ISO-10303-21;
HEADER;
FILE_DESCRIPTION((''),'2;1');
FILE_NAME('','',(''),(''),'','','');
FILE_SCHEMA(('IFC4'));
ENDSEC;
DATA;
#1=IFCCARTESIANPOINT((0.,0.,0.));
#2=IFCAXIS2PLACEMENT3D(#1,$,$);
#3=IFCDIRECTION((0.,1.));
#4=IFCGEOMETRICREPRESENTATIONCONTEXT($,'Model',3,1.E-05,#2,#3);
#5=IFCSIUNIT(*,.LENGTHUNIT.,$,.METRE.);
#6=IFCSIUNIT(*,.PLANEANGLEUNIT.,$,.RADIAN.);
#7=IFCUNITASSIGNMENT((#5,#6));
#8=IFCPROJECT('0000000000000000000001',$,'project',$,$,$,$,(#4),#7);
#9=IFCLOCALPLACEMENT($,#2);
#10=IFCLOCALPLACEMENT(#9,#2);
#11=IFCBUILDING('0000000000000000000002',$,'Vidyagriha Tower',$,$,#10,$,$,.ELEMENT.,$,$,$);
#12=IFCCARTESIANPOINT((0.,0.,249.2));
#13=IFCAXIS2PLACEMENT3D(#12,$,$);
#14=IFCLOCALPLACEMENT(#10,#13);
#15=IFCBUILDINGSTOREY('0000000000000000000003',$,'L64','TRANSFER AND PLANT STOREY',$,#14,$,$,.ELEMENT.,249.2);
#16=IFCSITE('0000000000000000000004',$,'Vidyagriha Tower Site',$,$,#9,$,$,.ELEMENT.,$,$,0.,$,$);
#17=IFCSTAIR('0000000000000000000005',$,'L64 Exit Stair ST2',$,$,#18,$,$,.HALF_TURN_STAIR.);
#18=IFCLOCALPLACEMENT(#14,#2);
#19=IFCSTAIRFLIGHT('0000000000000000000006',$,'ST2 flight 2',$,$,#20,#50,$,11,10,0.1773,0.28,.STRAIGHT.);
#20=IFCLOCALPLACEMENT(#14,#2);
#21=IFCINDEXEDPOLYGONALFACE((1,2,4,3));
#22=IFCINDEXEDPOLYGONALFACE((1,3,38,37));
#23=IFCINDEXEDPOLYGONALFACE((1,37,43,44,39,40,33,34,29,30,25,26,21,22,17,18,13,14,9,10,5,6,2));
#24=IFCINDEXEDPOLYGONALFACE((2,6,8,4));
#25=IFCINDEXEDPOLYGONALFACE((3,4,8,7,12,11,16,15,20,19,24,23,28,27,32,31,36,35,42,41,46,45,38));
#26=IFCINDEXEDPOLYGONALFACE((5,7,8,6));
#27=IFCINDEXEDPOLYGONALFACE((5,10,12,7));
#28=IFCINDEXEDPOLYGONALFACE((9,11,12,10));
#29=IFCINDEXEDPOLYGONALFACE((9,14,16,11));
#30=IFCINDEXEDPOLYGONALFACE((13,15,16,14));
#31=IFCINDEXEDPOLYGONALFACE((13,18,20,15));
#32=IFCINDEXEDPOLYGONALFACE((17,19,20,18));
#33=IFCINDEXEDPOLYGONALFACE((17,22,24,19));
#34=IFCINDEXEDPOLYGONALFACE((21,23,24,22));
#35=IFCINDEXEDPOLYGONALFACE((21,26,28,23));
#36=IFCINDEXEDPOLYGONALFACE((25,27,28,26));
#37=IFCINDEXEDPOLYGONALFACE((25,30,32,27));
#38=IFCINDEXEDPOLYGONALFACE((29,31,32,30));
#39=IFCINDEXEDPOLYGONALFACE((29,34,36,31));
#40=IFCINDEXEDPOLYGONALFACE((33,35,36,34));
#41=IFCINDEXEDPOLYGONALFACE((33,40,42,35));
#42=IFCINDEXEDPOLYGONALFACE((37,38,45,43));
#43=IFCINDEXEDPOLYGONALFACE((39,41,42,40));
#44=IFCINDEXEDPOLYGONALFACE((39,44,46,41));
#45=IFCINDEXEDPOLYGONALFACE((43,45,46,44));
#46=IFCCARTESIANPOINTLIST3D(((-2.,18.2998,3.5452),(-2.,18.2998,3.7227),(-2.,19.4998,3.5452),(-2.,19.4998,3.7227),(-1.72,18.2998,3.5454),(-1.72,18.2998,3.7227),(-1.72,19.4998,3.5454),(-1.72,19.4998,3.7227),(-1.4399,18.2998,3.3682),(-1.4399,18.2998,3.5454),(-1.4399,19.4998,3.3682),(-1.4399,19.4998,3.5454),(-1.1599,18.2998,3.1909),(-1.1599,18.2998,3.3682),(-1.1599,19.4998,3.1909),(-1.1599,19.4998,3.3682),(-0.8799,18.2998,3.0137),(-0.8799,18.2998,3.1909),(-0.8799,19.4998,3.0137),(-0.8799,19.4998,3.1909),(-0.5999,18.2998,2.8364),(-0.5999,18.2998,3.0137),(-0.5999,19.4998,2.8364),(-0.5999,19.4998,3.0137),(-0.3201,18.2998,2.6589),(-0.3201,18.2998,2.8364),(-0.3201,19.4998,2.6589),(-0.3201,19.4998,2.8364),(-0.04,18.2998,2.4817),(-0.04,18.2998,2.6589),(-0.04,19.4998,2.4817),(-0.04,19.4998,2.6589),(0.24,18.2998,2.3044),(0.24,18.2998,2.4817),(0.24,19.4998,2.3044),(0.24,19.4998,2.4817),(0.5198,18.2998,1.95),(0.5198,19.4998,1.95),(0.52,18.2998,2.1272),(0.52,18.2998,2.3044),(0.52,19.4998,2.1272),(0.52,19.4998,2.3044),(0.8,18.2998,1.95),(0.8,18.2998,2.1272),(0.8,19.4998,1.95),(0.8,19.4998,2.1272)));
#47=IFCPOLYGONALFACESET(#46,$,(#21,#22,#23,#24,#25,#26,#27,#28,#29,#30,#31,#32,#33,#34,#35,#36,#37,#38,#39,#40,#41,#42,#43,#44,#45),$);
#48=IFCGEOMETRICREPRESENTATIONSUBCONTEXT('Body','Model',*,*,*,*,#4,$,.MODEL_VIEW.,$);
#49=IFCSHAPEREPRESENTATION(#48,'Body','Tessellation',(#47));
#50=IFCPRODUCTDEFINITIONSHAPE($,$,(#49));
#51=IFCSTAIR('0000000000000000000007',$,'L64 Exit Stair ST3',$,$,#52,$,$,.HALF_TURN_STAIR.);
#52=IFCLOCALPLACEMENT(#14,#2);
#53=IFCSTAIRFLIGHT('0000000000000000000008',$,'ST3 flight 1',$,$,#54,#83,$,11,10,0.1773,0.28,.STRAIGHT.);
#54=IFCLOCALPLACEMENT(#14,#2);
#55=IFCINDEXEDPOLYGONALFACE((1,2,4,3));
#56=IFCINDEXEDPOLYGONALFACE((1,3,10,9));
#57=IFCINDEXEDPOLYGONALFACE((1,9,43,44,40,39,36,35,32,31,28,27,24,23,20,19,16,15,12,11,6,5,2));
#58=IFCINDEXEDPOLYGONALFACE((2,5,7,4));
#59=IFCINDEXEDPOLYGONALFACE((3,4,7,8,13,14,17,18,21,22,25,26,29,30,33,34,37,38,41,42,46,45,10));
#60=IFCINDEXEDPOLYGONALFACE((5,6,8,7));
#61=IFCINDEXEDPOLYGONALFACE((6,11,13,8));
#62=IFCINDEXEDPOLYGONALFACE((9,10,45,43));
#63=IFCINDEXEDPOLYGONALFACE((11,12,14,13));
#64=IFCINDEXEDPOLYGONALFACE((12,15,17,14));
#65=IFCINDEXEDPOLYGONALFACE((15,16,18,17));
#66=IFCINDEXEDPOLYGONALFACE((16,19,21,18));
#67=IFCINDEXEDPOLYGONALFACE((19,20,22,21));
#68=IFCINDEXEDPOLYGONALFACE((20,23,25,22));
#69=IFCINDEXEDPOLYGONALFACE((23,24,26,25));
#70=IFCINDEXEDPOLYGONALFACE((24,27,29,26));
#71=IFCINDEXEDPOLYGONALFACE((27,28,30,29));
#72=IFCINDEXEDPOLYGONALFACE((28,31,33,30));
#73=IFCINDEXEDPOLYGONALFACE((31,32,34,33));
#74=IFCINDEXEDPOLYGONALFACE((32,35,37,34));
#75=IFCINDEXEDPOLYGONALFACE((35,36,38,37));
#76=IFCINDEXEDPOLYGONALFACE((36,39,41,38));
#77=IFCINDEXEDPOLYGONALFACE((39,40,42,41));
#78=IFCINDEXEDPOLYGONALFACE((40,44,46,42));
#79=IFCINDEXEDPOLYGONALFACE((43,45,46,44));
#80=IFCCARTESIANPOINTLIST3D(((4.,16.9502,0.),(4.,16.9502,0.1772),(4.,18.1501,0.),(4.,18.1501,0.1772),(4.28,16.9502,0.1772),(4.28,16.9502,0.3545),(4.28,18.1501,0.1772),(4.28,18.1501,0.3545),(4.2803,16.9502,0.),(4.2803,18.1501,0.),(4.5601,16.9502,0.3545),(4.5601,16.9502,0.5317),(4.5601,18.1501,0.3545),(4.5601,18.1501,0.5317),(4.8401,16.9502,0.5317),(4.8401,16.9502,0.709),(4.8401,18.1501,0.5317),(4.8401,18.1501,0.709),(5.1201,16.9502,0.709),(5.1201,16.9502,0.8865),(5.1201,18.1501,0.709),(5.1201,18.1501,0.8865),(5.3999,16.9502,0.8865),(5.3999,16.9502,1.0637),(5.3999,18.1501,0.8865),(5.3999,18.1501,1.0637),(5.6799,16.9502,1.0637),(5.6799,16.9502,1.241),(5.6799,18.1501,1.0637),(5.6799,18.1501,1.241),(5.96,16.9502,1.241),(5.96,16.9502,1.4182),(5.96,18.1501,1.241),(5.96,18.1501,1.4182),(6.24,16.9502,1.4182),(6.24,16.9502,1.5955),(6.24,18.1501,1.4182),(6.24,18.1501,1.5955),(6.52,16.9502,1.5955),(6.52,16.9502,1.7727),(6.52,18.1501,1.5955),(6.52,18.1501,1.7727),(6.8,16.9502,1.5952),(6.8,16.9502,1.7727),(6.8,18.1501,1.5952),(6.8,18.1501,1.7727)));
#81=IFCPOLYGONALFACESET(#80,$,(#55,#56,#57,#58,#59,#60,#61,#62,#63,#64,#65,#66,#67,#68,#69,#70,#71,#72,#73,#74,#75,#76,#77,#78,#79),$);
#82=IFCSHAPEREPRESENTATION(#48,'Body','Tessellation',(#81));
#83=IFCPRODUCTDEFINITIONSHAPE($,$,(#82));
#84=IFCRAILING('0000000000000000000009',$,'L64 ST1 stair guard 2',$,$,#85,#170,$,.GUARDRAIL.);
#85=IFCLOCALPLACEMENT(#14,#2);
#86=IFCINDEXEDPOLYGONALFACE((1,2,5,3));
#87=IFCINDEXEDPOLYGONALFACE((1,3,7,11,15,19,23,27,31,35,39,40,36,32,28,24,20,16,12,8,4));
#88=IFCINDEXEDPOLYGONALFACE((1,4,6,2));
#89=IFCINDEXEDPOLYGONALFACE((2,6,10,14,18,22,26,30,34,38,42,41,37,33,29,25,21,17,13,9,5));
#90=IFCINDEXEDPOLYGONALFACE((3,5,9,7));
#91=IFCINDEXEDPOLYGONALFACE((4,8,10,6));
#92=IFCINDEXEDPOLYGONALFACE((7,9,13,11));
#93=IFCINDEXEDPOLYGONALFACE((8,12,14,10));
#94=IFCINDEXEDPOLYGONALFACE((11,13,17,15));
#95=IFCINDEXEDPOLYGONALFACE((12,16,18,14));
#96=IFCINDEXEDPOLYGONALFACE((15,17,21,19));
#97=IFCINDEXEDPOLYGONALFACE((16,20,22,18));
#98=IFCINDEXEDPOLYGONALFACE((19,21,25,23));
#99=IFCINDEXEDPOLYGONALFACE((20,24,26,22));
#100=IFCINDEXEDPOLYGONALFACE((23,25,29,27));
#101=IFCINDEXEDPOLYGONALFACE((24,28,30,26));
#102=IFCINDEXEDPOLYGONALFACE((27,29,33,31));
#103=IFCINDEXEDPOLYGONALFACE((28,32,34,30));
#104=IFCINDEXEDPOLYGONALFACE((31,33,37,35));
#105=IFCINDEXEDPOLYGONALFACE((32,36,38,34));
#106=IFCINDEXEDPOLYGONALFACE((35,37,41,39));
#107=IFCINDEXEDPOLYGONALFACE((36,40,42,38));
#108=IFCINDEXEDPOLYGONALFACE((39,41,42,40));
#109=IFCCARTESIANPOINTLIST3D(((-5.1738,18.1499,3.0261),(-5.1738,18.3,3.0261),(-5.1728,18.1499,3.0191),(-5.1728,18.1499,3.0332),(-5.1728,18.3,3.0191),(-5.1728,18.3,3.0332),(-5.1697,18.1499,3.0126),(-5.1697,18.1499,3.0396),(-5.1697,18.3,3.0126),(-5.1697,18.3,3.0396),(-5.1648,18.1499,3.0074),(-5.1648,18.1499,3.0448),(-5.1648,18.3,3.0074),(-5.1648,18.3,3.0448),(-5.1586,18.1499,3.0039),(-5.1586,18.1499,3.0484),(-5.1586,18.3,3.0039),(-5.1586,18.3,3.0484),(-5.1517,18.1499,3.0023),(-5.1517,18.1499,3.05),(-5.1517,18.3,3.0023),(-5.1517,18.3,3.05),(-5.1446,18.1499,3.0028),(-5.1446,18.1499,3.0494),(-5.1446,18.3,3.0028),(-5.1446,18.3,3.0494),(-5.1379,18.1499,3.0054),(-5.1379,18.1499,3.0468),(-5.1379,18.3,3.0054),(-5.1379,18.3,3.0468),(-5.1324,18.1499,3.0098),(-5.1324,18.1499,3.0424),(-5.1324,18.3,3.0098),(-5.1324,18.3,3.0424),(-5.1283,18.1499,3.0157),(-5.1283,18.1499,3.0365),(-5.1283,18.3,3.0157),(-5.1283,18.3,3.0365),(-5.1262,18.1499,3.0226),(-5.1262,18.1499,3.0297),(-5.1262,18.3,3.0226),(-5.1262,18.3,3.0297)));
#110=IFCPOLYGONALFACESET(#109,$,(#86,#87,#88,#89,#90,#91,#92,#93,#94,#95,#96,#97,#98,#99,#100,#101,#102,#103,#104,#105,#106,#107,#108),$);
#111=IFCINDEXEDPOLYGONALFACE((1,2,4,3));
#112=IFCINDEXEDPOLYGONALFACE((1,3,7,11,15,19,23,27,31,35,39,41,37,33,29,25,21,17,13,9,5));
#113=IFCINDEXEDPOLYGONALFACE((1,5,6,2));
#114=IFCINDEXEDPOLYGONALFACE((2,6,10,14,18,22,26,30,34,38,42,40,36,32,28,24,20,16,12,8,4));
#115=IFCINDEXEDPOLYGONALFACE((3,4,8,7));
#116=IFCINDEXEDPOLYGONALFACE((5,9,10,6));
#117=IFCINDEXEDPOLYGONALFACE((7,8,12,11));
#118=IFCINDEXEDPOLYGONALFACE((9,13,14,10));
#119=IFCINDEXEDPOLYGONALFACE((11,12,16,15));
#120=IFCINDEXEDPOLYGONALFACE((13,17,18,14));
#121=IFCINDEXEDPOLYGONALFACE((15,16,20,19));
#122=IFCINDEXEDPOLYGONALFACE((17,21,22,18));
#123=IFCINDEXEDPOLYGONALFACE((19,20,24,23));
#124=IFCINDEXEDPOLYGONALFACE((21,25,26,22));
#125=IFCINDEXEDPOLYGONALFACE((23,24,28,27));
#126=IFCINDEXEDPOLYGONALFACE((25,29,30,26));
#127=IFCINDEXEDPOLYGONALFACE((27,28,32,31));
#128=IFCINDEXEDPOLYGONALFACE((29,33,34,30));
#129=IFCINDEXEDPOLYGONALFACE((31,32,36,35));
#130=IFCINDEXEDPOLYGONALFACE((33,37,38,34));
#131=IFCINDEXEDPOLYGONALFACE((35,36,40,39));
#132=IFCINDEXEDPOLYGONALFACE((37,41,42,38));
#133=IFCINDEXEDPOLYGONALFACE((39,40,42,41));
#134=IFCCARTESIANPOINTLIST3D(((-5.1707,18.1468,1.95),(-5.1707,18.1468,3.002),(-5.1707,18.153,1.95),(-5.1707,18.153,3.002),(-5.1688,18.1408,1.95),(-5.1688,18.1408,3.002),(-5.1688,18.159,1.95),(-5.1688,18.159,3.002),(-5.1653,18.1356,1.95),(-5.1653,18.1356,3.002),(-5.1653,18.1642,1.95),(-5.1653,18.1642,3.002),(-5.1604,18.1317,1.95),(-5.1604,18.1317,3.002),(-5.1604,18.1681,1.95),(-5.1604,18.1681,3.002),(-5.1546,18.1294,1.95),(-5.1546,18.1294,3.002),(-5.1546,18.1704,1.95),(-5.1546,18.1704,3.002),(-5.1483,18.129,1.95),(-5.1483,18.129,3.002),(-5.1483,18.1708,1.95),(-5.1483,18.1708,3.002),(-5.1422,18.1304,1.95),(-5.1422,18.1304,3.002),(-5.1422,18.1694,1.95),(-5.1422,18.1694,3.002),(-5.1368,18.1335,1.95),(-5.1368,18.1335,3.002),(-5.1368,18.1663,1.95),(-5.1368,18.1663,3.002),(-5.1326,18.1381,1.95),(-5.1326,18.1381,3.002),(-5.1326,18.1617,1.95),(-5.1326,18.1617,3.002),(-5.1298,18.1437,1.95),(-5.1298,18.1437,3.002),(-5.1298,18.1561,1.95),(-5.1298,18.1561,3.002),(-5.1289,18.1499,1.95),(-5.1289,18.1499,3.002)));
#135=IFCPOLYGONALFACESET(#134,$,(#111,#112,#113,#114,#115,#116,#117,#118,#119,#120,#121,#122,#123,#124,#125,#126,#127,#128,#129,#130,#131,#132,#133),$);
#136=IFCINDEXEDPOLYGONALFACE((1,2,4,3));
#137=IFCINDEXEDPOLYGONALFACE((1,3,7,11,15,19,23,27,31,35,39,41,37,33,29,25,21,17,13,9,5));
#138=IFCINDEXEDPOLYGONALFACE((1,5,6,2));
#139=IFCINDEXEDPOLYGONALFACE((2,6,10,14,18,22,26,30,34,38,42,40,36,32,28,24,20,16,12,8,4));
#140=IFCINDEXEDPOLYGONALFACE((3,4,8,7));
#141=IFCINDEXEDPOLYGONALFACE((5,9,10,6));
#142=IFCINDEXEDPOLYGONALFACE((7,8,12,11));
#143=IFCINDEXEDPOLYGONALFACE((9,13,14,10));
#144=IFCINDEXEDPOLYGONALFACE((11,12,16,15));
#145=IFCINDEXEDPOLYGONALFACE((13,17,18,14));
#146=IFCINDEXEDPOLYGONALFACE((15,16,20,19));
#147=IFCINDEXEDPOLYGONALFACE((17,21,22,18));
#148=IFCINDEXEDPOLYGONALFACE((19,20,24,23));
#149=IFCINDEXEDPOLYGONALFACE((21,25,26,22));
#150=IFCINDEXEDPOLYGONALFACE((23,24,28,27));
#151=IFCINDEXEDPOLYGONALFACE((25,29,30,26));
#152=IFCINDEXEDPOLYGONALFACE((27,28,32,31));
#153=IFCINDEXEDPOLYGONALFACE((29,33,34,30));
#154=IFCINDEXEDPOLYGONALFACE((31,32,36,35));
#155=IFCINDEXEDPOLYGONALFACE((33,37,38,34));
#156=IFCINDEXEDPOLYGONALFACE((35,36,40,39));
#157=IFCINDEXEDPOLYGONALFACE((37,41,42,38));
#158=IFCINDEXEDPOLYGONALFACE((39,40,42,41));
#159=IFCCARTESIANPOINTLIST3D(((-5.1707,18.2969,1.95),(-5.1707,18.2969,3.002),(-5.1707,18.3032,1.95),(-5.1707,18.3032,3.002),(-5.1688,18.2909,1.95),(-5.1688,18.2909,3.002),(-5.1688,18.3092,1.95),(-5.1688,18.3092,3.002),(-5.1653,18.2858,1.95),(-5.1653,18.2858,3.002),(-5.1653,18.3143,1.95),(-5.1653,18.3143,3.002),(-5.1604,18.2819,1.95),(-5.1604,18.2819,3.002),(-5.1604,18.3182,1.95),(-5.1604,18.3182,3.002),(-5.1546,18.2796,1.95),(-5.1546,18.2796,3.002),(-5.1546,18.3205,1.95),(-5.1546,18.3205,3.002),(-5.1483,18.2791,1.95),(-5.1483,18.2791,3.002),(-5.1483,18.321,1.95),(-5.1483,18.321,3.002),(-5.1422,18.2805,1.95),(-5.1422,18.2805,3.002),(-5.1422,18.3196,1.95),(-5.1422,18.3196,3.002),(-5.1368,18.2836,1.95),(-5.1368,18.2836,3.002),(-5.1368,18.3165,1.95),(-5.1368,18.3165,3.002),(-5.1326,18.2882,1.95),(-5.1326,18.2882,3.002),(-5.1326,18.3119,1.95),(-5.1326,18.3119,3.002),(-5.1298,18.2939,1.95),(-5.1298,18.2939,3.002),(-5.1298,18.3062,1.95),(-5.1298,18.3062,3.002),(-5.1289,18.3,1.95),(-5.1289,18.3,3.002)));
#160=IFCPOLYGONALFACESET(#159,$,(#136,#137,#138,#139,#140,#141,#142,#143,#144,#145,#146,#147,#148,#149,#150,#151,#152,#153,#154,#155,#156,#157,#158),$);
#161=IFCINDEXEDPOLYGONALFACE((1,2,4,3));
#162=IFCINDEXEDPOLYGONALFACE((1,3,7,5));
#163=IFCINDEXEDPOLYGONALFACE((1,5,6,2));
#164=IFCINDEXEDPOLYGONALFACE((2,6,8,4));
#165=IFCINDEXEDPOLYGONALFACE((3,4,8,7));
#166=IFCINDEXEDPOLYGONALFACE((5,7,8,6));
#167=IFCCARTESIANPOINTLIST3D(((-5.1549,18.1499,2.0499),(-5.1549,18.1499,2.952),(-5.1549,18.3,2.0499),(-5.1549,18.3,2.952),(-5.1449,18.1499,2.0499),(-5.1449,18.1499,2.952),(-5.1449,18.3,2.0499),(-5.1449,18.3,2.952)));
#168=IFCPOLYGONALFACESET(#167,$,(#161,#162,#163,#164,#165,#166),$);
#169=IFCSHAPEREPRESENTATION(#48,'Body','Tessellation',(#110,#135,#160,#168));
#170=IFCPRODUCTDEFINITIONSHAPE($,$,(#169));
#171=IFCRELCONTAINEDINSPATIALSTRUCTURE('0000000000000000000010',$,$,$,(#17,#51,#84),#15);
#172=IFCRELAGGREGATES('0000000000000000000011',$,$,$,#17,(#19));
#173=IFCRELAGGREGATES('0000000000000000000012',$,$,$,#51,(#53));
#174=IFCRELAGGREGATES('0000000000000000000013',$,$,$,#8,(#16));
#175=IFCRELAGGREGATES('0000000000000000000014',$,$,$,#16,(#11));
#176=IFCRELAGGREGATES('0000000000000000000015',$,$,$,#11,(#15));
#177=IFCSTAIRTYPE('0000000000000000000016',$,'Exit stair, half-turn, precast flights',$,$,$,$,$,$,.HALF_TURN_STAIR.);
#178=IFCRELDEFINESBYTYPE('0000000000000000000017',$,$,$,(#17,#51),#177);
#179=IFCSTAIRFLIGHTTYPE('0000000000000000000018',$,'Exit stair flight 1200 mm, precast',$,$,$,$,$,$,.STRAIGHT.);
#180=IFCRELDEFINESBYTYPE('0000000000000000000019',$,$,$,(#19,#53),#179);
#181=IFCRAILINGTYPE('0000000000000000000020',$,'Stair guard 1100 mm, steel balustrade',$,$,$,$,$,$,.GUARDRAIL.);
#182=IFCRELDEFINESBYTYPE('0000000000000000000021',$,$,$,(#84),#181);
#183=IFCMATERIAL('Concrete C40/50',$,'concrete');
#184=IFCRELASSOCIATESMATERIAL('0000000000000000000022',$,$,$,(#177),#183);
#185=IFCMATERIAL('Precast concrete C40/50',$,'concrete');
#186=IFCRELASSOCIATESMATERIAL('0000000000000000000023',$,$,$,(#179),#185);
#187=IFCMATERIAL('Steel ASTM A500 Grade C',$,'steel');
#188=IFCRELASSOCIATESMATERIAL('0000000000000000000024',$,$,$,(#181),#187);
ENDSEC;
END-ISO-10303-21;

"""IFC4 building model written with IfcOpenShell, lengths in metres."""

from ifc_helpers import new_model, si_unit, direction, frame, origin, origin_2d, place, context, subcontext, project, spatial, polyline, rectangle, circle, outline, extrude, material, type_object, element, aggregate, save


model = new_model("IFC4")

# Units and contexts
model_context = context("Model", 3, precision=1e-05, world=origin(), true_north=direction((0.0, 1.0)))
body_context = subcontext(model_context, "Body", "Model", "MODEL_VIEW")
ifc_project = project(units=[si_unit("LENGTHUNIT", "METRE"), si_unit("PLANEANGLEUNIT", "RADIAN")], contexts=[model_context])

# Site, building, storey
site_placement = place(None, origin())
site = spatial("IfcSite", under=ifc_project, at=site_placement, Name="Vidyagriha Tower Site", CompositionType="ELEMENT", RefElevation=0.0)
building_placement = place(site_placement, origin())
building = spatial("IfcBuilding", under=site, at=building_placement, Name="Vidyagriha Tower", CompositionType="ELEMENT")
storey_placement = place(building_placement, frame((0.0, 0.0, 249.2)))
storey = spatial("IfcBuildingStorey", under=building, at=storey_placement, Name="L64", Description="TRANSFER AND PLANT STOREY", CompositionType="ELEMENT", Elevation=249.2)

# Shared definitions
ifc_material_1 = material(Name="Concrete C40/50", Category="concrete")
stair_type = type_object("IfcStairType", Name="Exit stair, half-turn, precast flights", PredefinedType="HALF_TURN_STAIR", material=ifc_material_1)
ifc_material_2 = material(Name="Precast concrete C40/50", Category="concrete")
stair_flight_type = type_object("IfcStairFlightType", Name="Exit stair flight 1200 mm, precast", PredefinedType="STRAIGHT", material=ifc_material_2)

# Stair, stair flight
stair_1_placement = place(storey_placement, origin())
stair_1 = element("IfcStair", 1, at=stair_1_placement, inside=storey, type_object=stair_type, Name="L64 Exit Stair ST2", PredefinedType="HALF_TURN_STAIR")
stair_flight_1_placement = place(storey_placement, frame((0.8, 18.8999, 1.95), z_axis=(0.0, 0.0, 1.0), x_axis=(-1.0, 0.0, 0.0)))
stair_flight_1 = element("IfcStairFlight", 2, at=stair_flight_1_placement, type_object=stair_flight_type, Name="ST2 flight 2", NumberOfRisers=11, NumberOfTreads=10, PredefinedType="STRAIGHT", RiserHeight=0.1773, TreadLength=0.28, context=body_context, shape_type="SweptSolid", body=[
    extrude(outline(polyline([(0.0, 0.0), (0.0, 0.1772), (0.28, 0.1772), (0.28, 0.3545), (0.5601, 0.3545), (0.5601, 0.5317), (0.8401, 0.5317), (0.8401, 0.709), (1.1201, 0.709), (1.1201, 0.8865), (1.3999, 0.8865), (1.3999, 1.0637), (1.6799, 1.0637), (1.6799, 1.241), (1.96, 1.241), (1.96, 1.4182), (2.24, 1.4182), (2.24, 1.5955), (2.52, 1.5955), (2.52, 1.7727), (2.8, 1.7727), (2.8, 1.95), (2.8, 1.5952), (0.2803, 0.0), (0.0, 0.0)])), frame((0.0, 0.6001, 0.0), z_axis=(0.0, -1.0, 0.0), x_axis=(1.0, 0.0, 0.0)), (0.0, 0.0, 1.0), 1.2),
])
aggregate(stair_1, [stair_flight_1])

# Stair, stair flight
stair_2_placement = place(storey_placement, origin())
stair_2 = element("IfcStair", 3, at=stair_2_placement, inside=storey, type_object=stair_type, Name="L64 Exit Stair ST3", PredefinedType="HALF_TURN_STAIR")
stair_flight_2_placement = place(storey_placement, frame((4.0, 17.55, 0.0)))
stair_flight_2 = element("IfcStairFlight", 4, at=stair_flight_2_placement, type_object=stair_flight_type, Name="ST3 flight 1", NumberOfRisers=11, NumberOfTreads=10, PredefinedType="STRAIGHT", RiserHeight=0.1773, TreadLength=0.28, context=body_context, shape_type="SweptSolid", body=[
    extrude(outline(polyline([(0.0, 0.0), (0.0, 0.1772), (0.28, 0.1772), (0.28, 0.3545), (0.5601, 0.3545), (0.5601, 0.5317), (0.8401, 0.5317), (0.8401, 0.709), (1.1201, 0.709), (1.1201, 0.8865), (1.3999, 0.8865), (1.3999, 1.0637), (1.6799, 1.0637), (1.6799, 1.241), (1.96, 1.241), (1.96, 1.4182), (2.24, 1.4182), (2.24, 1.5955), (2.52, 1.5955), (2.52, 1.7727), (2.8, 1.7727), (2.8, 1.95), (2.8, 1.5952), (0.2803, 0.0), (0.0, 0.0)])), frame((0.0, 0.6001, 0.0), z_axis=(0.0, -1.0, 0.0), x_axis=(1.0, 0.0, 0.0)), (0.0, 0.0, 1.0), 1.2),
])
aggregate(stair_2, [stair_flight_2])

# Railing
ifc_material_3 = material(Name="Steel ASTM A500 Grade C", Category="steel")
railing_type_1 = type_object("IfcRailingType", Name="Stair guard 1100 mm, steel balustrade", PredefinedType="GUARDRAIL", material=ifc_material_3)
railing_1_placement = place(storey_placement, frame((-5.1499, 18.1499, 1.95)))
element("IfcRailing", 5, at=railing_1_placement, inside=storey, type_object=railing_type_1, Name="L64 ST1 stair guard 2", PredefinedType="GUARDRAIL", context=body_context, shape_type="SweptSolid", body=[
    extrude(circle(Radius=0.0239, at=origin_2d()), frame((0.0, 0.0, 1.0762), z_axis=(0.0, 1.0, 0.0), x_axis=(-1.0, 0.0, 0.0)), (0.0, 0.0, 1.0), 0.1501),
    extrude(circle(Radius=0.021, at=origin_2d()), origin(), (0.0, 0.0, 1.0), 1.052),
    extrude(circle(Radius=0.021, at=origin_2d()), frame((0.0, 0.1501, 0.0)), (0.0, 0.0, 1.0), 1.052),
    extrude(rectangle(XDim=0.01, YDim=0.9021, at=origin_2d()), frame((0.0, 0.0, 0.551), z_axis=(0.0, 1.0, 0.0), x_axis=(-1.0, 0.0, 0.0)), (0.0, 0.0, 1.0), 0.1501),
])

save(model, "model.ifc")
